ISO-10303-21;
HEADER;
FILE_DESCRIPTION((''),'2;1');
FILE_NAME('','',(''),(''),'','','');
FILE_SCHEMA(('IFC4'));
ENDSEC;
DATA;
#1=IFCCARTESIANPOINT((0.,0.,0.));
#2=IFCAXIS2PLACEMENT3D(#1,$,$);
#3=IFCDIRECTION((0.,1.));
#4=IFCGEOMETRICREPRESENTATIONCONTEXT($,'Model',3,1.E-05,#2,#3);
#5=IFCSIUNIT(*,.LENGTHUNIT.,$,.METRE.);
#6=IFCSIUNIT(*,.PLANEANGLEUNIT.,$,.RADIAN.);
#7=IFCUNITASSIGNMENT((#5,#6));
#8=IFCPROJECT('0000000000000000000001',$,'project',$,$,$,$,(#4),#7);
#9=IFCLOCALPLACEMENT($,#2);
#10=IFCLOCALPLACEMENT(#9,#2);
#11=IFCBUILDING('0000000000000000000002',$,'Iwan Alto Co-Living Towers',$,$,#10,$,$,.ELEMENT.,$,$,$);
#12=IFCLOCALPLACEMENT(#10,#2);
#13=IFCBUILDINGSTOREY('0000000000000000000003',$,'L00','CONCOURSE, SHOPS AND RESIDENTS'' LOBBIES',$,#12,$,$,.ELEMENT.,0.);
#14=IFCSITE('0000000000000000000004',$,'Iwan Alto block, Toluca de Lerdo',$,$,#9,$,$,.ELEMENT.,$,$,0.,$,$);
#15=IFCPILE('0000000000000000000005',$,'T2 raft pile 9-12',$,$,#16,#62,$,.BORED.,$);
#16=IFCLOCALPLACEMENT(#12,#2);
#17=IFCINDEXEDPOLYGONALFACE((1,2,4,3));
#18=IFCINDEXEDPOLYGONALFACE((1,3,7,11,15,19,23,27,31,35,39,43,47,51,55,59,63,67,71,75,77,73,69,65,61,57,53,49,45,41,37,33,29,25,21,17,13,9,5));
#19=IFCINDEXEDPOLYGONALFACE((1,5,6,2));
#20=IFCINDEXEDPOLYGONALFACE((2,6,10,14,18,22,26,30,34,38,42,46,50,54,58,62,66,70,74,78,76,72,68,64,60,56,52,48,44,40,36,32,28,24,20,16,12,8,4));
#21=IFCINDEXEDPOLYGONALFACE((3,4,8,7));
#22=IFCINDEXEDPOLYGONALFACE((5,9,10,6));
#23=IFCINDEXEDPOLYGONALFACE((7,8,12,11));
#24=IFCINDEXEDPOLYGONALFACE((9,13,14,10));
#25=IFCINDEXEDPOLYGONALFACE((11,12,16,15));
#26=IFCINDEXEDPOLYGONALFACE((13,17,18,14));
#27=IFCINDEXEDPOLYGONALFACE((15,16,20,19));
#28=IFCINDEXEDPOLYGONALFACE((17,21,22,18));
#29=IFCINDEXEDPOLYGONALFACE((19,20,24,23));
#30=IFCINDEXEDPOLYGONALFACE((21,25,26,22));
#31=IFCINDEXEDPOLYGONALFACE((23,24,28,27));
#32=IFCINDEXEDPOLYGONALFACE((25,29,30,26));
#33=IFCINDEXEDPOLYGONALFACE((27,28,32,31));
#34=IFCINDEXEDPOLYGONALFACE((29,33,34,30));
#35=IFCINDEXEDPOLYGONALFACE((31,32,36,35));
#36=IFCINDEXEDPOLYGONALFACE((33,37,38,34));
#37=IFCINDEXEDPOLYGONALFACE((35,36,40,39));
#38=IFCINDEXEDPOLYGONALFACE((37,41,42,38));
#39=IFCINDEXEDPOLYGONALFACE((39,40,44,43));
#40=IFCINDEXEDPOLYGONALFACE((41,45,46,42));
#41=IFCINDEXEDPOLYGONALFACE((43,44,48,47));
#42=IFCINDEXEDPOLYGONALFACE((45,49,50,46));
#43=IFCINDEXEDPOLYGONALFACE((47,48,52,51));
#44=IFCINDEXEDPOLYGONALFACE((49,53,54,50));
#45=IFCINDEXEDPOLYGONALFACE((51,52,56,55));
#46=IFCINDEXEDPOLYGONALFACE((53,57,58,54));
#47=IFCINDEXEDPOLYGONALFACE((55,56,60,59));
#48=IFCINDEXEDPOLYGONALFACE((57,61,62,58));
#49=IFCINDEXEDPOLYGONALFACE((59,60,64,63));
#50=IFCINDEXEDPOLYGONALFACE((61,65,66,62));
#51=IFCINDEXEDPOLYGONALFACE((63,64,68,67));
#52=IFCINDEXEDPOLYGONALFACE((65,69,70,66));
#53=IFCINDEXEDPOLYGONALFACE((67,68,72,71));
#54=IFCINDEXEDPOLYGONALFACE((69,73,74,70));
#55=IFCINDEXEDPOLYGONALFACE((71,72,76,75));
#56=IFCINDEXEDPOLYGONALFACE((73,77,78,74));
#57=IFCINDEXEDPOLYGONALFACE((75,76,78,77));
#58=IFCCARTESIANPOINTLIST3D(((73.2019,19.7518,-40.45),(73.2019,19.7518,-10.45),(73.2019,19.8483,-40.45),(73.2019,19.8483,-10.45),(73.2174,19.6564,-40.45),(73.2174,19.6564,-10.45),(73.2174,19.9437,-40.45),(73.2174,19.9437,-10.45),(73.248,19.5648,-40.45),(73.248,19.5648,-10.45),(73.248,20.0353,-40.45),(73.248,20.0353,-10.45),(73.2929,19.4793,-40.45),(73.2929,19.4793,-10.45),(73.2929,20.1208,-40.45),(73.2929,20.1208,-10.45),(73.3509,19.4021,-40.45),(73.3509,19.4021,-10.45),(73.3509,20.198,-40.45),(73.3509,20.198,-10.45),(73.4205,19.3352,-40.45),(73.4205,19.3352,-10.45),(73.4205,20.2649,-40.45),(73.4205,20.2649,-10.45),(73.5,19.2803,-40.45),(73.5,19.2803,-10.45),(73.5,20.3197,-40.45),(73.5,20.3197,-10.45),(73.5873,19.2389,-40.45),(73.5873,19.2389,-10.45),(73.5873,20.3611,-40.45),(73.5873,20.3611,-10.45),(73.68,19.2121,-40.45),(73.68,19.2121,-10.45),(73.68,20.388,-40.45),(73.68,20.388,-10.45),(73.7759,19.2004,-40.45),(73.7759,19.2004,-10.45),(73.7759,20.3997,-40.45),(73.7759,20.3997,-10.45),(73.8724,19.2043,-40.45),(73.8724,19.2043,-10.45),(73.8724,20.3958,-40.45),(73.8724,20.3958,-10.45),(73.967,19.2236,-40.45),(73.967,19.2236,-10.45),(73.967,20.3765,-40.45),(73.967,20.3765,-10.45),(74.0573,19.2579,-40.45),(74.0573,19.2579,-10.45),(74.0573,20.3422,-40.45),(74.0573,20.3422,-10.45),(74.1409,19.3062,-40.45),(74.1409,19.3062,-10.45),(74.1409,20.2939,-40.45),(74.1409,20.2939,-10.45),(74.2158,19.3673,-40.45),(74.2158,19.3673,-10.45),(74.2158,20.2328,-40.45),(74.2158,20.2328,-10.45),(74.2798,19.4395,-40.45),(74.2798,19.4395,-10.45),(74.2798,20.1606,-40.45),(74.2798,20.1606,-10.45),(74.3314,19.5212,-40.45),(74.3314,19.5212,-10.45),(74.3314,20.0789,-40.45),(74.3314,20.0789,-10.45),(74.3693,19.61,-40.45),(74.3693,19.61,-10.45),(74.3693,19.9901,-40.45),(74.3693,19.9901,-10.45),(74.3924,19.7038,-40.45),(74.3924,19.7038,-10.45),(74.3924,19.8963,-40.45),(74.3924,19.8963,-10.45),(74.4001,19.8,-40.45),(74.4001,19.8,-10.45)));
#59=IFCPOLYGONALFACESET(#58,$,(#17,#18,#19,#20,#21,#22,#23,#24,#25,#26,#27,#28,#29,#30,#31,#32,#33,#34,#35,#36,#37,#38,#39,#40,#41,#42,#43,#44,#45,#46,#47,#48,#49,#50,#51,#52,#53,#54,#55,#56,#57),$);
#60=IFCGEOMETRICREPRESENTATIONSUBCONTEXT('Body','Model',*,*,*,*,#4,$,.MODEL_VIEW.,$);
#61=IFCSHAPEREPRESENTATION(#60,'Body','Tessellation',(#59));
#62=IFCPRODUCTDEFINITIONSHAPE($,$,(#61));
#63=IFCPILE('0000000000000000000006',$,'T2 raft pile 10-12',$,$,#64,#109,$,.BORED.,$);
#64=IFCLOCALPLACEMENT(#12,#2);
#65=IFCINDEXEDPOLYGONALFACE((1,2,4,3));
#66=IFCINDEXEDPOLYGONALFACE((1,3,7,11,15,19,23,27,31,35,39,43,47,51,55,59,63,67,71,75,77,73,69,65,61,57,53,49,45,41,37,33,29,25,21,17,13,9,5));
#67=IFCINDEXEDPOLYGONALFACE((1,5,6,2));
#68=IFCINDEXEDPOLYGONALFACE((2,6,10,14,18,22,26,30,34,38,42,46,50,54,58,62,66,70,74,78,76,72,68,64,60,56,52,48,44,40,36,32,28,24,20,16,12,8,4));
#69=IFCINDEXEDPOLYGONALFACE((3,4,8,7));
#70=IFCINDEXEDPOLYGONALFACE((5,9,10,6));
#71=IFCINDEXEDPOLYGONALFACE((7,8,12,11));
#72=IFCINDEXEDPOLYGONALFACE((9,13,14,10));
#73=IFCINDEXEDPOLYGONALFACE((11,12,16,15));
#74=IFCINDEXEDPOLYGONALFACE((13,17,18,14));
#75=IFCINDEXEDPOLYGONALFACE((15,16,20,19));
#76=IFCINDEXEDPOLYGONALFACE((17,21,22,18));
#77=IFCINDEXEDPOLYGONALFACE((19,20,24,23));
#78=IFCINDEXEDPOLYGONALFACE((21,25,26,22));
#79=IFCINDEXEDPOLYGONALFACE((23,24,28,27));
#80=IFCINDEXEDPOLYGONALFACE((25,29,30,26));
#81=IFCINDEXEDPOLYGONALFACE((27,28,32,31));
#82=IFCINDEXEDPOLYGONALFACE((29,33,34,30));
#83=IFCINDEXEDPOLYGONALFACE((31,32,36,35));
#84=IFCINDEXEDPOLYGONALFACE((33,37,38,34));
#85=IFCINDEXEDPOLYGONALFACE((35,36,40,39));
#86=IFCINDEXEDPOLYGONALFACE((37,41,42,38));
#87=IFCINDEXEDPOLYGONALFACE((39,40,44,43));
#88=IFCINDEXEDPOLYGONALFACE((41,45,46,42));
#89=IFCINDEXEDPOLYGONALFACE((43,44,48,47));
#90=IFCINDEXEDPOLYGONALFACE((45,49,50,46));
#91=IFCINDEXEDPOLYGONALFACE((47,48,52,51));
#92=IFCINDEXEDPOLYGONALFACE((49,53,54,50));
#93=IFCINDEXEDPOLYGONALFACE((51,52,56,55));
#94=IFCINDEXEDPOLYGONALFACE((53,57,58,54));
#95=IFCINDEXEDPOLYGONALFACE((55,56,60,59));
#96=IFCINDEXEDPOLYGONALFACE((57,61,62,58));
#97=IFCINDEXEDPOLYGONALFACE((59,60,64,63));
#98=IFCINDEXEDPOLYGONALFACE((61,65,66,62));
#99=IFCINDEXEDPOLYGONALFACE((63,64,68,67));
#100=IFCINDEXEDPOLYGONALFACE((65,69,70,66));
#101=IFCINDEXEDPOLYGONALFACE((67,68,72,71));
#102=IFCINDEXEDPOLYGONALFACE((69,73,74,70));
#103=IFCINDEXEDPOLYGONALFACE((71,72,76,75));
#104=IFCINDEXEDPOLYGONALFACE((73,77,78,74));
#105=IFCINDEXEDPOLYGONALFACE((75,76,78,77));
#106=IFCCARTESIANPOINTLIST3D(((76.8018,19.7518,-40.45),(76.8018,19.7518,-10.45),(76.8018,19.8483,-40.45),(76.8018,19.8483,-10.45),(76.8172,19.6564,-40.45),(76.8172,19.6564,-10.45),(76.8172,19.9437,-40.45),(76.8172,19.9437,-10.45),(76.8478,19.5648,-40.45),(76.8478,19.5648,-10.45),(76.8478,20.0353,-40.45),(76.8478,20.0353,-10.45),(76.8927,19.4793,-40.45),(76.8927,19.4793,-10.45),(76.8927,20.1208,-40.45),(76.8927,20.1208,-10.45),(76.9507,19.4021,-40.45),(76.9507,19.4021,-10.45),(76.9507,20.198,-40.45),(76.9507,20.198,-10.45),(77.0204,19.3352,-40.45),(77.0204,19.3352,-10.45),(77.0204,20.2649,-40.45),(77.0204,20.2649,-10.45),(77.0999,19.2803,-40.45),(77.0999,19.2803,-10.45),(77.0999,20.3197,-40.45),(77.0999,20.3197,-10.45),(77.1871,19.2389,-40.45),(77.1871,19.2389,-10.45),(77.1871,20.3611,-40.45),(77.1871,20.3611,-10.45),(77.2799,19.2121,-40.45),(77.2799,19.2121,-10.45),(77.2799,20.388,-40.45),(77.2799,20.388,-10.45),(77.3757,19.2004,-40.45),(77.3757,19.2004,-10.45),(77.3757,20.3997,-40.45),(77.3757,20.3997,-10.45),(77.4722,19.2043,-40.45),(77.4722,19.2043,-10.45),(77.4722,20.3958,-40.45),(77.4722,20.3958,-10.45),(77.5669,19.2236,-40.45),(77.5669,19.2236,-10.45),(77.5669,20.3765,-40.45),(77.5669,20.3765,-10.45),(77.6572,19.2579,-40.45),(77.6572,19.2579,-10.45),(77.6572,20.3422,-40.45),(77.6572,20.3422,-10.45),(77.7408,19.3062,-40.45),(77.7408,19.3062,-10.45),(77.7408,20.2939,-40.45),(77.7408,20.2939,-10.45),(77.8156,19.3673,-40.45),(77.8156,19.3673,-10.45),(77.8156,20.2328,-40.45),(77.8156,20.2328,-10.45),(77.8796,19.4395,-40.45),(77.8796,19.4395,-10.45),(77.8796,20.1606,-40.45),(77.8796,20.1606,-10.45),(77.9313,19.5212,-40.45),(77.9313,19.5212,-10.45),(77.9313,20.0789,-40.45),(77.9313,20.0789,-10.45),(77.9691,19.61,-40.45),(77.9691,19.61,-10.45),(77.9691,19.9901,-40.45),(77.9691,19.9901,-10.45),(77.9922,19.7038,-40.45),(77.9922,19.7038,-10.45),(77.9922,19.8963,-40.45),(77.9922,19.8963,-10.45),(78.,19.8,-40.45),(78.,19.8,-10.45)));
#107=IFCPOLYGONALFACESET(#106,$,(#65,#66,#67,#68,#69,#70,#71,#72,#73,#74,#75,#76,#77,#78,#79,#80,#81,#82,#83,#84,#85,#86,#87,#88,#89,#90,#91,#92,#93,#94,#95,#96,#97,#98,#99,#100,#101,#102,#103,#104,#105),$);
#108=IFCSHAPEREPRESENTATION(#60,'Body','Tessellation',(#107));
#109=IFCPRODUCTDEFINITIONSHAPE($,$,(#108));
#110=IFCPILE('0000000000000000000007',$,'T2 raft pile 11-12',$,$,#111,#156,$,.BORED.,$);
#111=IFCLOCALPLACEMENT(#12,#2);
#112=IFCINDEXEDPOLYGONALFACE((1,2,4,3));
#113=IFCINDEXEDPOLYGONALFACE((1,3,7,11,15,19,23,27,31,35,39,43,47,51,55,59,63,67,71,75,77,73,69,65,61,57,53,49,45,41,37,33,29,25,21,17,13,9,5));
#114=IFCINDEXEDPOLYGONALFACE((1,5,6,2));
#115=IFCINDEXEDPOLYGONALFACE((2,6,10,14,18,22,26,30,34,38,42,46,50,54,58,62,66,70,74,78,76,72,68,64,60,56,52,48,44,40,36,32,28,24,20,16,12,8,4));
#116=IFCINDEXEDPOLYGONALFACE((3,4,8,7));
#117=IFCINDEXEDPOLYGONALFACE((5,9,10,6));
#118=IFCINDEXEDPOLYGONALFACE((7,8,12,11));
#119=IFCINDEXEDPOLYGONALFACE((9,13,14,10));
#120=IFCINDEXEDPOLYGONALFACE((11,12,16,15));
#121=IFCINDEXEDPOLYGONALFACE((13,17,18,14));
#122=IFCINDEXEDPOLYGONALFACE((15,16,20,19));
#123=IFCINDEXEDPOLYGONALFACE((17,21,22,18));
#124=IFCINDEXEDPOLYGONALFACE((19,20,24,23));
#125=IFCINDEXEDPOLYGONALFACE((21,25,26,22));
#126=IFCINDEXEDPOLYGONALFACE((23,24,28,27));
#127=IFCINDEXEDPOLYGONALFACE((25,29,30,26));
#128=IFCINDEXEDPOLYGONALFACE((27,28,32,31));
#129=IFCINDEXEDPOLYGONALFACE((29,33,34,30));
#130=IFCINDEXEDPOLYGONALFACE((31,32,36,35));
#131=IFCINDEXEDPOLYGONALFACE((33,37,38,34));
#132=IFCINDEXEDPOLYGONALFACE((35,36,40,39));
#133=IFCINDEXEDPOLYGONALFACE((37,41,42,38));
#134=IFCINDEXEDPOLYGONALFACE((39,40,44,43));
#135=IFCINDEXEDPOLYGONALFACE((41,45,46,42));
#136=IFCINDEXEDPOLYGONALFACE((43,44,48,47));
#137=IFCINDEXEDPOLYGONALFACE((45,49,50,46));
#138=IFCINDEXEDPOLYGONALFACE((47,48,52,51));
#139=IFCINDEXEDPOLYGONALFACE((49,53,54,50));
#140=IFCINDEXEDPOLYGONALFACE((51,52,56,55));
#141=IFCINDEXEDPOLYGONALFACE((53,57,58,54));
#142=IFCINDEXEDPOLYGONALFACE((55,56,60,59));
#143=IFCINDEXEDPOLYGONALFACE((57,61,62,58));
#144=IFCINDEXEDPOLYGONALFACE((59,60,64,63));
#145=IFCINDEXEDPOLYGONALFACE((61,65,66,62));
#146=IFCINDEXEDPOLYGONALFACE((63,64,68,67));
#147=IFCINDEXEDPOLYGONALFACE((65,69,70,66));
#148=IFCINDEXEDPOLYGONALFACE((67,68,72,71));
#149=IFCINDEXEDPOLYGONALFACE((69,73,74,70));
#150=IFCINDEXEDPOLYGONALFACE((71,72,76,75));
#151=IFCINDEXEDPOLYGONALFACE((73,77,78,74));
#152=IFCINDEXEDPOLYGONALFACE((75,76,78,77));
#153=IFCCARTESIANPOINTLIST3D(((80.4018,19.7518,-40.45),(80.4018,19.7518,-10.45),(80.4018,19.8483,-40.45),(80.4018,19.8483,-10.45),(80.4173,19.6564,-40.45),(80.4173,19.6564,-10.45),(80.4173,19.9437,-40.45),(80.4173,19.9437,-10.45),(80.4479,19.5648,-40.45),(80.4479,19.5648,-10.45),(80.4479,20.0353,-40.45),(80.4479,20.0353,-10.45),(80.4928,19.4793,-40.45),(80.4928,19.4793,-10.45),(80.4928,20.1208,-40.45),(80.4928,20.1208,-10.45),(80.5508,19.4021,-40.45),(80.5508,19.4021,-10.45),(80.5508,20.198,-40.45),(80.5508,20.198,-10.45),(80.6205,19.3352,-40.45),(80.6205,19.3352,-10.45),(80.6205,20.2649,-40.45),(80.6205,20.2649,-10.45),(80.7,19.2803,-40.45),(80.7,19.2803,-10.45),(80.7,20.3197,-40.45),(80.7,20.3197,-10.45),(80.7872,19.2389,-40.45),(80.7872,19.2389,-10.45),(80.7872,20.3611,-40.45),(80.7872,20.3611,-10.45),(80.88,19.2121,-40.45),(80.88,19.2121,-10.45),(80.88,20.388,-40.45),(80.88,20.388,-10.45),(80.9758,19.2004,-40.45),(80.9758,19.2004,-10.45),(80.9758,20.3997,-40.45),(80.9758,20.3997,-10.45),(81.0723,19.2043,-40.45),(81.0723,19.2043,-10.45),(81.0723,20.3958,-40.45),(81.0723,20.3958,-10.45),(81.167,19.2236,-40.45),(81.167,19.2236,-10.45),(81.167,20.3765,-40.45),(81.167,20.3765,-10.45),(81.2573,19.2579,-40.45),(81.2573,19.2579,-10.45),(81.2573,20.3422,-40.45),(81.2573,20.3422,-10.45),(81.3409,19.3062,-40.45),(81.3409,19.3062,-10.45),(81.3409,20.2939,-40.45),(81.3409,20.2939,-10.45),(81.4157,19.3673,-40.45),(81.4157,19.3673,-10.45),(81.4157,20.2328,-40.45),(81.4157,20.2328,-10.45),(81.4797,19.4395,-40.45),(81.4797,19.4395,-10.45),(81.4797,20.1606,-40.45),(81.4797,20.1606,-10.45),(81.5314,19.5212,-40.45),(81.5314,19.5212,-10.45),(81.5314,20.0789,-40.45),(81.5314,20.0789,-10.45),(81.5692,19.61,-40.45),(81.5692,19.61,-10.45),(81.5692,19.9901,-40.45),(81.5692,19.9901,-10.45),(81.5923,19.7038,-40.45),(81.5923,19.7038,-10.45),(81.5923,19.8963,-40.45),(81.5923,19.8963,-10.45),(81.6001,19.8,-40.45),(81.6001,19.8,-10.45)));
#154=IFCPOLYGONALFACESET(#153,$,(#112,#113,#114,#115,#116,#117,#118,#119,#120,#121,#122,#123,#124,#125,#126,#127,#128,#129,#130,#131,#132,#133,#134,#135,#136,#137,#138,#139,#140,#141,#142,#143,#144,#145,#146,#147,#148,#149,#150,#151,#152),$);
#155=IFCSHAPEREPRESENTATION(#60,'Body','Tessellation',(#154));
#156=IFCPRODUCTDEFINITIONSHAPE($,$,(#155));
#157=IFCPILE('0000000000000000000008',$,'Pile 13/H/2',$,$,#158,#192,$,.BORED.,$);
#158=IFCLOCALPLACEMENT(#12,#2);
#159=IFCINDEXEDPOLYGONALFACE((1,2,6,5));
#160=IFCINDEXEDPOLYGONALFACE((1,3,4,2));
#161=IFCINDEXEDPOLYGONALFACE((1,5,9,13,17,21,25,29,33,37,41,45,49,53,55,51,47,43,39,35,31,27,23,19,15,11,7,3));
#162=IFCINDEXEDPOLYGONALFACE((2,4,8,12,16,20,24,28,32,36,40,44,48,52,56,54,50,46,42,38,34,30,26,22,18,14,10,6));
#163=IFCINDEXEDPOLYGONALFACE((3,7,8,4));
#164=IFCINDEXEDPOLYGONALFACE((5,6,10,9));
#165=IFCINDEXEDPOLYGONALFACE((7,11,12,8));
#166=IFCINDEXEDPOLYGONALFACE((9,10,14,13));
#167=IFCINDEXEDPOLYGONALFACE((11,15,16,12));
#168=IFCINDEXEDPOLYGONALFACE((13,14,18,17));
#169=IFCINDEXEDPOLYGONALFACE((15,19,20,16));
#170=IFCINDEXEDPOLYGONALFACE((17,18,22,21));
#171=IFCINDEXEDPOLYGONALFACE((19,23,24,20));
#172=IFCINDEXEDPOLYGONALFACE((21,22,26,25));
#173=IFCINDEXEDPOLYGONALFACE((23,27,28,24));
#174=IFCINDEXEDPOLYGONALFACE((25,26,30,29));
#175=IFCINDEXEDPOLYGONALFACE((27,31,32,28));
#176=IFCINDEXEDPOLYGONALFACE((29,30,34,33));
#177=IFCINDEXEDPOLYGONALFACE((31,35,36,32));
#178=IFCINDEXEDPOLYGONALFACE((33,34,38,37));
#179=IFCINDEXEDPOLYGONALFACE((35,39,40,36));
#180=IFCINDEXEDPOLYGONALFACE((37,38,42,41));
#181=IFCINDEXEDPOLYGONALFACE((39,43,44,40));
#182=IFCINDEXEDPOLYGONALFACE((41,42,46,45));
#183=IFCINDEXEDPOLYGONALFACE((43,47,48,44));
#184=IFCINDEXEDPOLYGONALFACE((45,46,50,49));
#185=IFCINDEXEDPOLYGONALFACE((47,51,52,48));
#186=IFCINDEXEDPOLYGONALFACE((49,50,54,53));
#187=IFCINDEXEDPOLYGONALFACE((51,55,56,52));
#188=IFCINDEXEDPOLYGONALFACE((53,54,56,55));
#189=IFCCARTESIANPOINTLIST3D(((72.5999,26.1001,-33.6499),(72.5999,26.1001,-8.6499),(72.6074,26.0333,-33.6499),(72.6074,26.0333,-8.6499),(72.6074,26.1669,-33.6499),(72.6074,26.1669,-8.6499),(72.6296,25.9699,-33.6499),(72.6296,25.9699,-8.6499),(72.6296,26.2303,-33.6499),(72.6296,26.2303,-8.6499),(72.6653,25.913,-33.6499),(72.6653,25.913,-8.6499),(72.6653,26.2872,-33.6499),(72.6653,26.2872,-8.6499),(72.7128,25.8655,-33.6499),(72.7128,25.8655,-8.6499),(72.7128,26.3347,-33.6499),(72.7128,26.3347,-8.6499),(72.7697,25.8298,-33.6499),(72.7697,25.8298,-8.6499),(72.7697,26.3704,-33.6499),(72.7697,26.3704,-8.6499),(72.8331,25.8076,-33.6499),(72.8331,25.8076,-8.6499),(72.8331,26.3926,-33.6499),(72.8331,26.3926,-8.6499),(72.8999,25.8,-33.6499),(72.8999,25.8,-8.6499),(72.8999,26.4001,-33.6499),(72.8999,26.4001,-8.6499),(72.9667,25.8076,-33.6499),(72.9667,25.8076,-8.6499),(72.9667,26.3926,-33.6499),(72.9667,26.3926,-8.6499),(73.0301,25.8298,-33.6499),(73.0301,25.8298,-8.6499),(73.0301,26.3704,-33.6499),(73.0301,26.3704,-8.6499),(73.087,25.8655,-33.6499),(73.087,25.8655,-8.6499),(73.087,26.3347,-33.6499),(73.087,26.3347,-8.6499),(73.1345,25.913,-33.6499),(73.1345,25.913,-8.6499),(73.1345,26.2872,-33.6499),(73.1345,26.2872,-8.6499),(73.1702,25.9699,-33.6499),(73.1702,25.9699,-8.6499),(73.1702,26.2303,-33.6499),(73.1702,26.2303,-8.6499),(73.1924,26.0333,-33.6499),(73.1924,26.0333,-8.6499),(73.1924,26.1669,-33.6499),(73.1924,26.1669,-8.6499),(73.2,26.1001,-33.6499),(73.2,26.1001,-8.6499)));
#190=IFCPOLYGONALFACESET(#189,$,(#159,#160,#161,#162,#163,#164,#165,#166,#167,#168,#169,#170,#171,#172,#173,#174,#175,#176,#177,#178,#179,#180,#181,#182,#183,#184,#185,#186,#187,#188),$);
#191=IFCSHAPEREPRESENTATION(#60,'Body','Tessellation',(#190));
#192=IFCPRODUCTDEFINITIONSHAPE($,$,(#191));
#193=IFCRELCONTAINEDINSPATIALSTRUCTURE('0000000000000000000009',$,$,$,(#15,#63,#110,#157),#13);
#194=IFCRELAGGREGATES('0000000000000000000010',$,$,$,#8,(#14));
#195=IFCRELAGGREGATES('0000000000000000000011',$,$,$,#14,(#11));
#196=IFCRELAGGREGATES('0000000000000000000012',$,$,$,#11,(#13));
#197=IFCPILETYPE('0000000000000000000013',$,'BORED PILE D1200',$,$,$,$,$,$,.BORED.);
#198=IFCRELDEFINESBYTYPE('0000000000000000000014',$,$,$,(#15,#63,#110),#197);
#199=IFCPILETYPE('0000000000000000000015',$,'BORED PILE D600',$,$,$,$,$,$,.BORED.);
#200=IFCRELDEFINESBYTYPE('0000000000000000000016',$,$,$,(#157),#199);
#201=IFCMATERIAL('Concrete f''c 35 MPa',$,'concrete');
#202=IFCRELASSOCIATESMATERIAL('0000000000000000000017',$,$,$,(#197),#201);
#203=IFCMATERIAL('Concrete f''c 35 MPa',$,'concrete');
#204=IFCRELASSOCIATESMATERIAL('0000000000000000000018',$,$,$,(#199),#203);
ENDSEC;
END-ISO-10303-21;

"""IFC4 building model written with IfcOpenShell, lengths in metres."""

from ifc_helpers import new_model, si_unit, direction, frame, origin, origin_2d, place, context, subcontext, project, spatial, circle, extrude, material, material_profile, profile_set, type_object, element, save


model = new_model("IFC4")

# Units and contexts
model_context = context("Model", 3, precision=1e-05, world=origin(), true_north=direction((0.0, 1.0)))
body_context = subcontext(model_context, "Body", "Model", "MODEL_VIEW")
ifc_project = project(units=[si_unit("LENGTHUNIT", "METRE"), si_unit("PLANEANGLEUNIT", "RADIAN")], contexts=[model_context])

# Site, building, storey
site_placement = place(None, origin())
site = spatial("IfcSite", under=ifc_project, at=site_placement, Name="Iwan Alto block, Toluca de Lerdo", CompositionType="ELEMENT", RefElevation=0.0)
building_placement = place(site_placement, origin())
building = spatial("IfcBuilding", under=site, at=building_placement, Name="Iwan Alto Co-Living Towers", CompositionType="ELEMENT")
storey_placement = place(building_placement, origin())
storey = spatial("IfcBuildingStorey", under=building, at=storey_placement, Name="L00", Description="CONCOURSE, SHOPS AND RESIDENTS' LOBBIES", CompositionType="ELEMENT", Elevation=0.0)

# Piles
ifc_material_1 = material(Name="Concrete f'c 35 MPa", Category="concrete")
ifc_material_profile_1 = material_profile(ifc_material_1, circle(Radius=0.6001, at=origin_2d()), Name="D1200")
ifc_profile_set_1 = profile_set([ifc_material_profile_1], Name="Concrete f'c 35 MPa")
pile_type_1 = type_object("IfcPileType", Name="BORED PILE D1200", PredefinedType="BORED", material=ifc_profile_set_1)
for number, where, z_axis, x_axis, name in (
    (1, (73.8, 19.8, -10.45), (0.0, 0.0, -1.0), (1.0, 0.0, 0.0), "T2 raft pile 9-12"),
    (2, (77.3999, 19.8, -10.45), (0.0, 0.0, -1.0), (1.0, 0.0, 0.0), "T2 raft pile 10-12"),
    (3, (81.0, 19.8, -10.45), (0.0, 0.0, -1.0), (1.0, 0.0, 0.0), "T2 raft pile 11-12"),
):
    element("IfcPile", number, at=place(storey_placement, frame(where, z_axis=z_axis, x_axis=x_axis)), inside=storey, type_object=pile_type_1, Name=name, PredefinedType="BORED", context=body_context, shape_type="SweptSolid", body=[
        extrude(circle(Radius=0.6001, at=origin_2d()), origin(), (0.0, 0.0, 1.0), 30.0),
    ])
ifc_material_2 = material(Name="Concrete f'c 35 MPa", Category="concrete")
ifc_material_profile_2 = material_profile(ifc_material_2, circle(Radius=0.3, at=origin_2d()), Name="D600")
ifc_profile_set_2 = profile_set([ifc_material_profile_2], Name="Concrete f'c 35 MPa")
pile_type_2 = type_object("IfcPileType", Name="BORED PILE D600", PredefinedType="BORED", material=ifc_profile_set_2)
for number, where, z_axis, x_axis, name in (
    (4, (72.8999, 26.1001, -8.6499), (0.0, 0.0, -1.0), (1.0, 0.0, 0.0), "Pile 13/H/2"),
):
    element("IfcPile", number, at=place(storey_placement, frame(where, z_axis=z_axis, x_axis=x_axis)), inside=storey, type_object=pile_type_2, Name=name, PredefinedType="BORED", context=body_context, shape_type="SweptSolid", body=[
        extrude(circle(Radius=0.3, at=origin_2d()), origin(), (0.0, 0.0, 1.0), 25.0),
    ])

save(model, "model.ifc")
